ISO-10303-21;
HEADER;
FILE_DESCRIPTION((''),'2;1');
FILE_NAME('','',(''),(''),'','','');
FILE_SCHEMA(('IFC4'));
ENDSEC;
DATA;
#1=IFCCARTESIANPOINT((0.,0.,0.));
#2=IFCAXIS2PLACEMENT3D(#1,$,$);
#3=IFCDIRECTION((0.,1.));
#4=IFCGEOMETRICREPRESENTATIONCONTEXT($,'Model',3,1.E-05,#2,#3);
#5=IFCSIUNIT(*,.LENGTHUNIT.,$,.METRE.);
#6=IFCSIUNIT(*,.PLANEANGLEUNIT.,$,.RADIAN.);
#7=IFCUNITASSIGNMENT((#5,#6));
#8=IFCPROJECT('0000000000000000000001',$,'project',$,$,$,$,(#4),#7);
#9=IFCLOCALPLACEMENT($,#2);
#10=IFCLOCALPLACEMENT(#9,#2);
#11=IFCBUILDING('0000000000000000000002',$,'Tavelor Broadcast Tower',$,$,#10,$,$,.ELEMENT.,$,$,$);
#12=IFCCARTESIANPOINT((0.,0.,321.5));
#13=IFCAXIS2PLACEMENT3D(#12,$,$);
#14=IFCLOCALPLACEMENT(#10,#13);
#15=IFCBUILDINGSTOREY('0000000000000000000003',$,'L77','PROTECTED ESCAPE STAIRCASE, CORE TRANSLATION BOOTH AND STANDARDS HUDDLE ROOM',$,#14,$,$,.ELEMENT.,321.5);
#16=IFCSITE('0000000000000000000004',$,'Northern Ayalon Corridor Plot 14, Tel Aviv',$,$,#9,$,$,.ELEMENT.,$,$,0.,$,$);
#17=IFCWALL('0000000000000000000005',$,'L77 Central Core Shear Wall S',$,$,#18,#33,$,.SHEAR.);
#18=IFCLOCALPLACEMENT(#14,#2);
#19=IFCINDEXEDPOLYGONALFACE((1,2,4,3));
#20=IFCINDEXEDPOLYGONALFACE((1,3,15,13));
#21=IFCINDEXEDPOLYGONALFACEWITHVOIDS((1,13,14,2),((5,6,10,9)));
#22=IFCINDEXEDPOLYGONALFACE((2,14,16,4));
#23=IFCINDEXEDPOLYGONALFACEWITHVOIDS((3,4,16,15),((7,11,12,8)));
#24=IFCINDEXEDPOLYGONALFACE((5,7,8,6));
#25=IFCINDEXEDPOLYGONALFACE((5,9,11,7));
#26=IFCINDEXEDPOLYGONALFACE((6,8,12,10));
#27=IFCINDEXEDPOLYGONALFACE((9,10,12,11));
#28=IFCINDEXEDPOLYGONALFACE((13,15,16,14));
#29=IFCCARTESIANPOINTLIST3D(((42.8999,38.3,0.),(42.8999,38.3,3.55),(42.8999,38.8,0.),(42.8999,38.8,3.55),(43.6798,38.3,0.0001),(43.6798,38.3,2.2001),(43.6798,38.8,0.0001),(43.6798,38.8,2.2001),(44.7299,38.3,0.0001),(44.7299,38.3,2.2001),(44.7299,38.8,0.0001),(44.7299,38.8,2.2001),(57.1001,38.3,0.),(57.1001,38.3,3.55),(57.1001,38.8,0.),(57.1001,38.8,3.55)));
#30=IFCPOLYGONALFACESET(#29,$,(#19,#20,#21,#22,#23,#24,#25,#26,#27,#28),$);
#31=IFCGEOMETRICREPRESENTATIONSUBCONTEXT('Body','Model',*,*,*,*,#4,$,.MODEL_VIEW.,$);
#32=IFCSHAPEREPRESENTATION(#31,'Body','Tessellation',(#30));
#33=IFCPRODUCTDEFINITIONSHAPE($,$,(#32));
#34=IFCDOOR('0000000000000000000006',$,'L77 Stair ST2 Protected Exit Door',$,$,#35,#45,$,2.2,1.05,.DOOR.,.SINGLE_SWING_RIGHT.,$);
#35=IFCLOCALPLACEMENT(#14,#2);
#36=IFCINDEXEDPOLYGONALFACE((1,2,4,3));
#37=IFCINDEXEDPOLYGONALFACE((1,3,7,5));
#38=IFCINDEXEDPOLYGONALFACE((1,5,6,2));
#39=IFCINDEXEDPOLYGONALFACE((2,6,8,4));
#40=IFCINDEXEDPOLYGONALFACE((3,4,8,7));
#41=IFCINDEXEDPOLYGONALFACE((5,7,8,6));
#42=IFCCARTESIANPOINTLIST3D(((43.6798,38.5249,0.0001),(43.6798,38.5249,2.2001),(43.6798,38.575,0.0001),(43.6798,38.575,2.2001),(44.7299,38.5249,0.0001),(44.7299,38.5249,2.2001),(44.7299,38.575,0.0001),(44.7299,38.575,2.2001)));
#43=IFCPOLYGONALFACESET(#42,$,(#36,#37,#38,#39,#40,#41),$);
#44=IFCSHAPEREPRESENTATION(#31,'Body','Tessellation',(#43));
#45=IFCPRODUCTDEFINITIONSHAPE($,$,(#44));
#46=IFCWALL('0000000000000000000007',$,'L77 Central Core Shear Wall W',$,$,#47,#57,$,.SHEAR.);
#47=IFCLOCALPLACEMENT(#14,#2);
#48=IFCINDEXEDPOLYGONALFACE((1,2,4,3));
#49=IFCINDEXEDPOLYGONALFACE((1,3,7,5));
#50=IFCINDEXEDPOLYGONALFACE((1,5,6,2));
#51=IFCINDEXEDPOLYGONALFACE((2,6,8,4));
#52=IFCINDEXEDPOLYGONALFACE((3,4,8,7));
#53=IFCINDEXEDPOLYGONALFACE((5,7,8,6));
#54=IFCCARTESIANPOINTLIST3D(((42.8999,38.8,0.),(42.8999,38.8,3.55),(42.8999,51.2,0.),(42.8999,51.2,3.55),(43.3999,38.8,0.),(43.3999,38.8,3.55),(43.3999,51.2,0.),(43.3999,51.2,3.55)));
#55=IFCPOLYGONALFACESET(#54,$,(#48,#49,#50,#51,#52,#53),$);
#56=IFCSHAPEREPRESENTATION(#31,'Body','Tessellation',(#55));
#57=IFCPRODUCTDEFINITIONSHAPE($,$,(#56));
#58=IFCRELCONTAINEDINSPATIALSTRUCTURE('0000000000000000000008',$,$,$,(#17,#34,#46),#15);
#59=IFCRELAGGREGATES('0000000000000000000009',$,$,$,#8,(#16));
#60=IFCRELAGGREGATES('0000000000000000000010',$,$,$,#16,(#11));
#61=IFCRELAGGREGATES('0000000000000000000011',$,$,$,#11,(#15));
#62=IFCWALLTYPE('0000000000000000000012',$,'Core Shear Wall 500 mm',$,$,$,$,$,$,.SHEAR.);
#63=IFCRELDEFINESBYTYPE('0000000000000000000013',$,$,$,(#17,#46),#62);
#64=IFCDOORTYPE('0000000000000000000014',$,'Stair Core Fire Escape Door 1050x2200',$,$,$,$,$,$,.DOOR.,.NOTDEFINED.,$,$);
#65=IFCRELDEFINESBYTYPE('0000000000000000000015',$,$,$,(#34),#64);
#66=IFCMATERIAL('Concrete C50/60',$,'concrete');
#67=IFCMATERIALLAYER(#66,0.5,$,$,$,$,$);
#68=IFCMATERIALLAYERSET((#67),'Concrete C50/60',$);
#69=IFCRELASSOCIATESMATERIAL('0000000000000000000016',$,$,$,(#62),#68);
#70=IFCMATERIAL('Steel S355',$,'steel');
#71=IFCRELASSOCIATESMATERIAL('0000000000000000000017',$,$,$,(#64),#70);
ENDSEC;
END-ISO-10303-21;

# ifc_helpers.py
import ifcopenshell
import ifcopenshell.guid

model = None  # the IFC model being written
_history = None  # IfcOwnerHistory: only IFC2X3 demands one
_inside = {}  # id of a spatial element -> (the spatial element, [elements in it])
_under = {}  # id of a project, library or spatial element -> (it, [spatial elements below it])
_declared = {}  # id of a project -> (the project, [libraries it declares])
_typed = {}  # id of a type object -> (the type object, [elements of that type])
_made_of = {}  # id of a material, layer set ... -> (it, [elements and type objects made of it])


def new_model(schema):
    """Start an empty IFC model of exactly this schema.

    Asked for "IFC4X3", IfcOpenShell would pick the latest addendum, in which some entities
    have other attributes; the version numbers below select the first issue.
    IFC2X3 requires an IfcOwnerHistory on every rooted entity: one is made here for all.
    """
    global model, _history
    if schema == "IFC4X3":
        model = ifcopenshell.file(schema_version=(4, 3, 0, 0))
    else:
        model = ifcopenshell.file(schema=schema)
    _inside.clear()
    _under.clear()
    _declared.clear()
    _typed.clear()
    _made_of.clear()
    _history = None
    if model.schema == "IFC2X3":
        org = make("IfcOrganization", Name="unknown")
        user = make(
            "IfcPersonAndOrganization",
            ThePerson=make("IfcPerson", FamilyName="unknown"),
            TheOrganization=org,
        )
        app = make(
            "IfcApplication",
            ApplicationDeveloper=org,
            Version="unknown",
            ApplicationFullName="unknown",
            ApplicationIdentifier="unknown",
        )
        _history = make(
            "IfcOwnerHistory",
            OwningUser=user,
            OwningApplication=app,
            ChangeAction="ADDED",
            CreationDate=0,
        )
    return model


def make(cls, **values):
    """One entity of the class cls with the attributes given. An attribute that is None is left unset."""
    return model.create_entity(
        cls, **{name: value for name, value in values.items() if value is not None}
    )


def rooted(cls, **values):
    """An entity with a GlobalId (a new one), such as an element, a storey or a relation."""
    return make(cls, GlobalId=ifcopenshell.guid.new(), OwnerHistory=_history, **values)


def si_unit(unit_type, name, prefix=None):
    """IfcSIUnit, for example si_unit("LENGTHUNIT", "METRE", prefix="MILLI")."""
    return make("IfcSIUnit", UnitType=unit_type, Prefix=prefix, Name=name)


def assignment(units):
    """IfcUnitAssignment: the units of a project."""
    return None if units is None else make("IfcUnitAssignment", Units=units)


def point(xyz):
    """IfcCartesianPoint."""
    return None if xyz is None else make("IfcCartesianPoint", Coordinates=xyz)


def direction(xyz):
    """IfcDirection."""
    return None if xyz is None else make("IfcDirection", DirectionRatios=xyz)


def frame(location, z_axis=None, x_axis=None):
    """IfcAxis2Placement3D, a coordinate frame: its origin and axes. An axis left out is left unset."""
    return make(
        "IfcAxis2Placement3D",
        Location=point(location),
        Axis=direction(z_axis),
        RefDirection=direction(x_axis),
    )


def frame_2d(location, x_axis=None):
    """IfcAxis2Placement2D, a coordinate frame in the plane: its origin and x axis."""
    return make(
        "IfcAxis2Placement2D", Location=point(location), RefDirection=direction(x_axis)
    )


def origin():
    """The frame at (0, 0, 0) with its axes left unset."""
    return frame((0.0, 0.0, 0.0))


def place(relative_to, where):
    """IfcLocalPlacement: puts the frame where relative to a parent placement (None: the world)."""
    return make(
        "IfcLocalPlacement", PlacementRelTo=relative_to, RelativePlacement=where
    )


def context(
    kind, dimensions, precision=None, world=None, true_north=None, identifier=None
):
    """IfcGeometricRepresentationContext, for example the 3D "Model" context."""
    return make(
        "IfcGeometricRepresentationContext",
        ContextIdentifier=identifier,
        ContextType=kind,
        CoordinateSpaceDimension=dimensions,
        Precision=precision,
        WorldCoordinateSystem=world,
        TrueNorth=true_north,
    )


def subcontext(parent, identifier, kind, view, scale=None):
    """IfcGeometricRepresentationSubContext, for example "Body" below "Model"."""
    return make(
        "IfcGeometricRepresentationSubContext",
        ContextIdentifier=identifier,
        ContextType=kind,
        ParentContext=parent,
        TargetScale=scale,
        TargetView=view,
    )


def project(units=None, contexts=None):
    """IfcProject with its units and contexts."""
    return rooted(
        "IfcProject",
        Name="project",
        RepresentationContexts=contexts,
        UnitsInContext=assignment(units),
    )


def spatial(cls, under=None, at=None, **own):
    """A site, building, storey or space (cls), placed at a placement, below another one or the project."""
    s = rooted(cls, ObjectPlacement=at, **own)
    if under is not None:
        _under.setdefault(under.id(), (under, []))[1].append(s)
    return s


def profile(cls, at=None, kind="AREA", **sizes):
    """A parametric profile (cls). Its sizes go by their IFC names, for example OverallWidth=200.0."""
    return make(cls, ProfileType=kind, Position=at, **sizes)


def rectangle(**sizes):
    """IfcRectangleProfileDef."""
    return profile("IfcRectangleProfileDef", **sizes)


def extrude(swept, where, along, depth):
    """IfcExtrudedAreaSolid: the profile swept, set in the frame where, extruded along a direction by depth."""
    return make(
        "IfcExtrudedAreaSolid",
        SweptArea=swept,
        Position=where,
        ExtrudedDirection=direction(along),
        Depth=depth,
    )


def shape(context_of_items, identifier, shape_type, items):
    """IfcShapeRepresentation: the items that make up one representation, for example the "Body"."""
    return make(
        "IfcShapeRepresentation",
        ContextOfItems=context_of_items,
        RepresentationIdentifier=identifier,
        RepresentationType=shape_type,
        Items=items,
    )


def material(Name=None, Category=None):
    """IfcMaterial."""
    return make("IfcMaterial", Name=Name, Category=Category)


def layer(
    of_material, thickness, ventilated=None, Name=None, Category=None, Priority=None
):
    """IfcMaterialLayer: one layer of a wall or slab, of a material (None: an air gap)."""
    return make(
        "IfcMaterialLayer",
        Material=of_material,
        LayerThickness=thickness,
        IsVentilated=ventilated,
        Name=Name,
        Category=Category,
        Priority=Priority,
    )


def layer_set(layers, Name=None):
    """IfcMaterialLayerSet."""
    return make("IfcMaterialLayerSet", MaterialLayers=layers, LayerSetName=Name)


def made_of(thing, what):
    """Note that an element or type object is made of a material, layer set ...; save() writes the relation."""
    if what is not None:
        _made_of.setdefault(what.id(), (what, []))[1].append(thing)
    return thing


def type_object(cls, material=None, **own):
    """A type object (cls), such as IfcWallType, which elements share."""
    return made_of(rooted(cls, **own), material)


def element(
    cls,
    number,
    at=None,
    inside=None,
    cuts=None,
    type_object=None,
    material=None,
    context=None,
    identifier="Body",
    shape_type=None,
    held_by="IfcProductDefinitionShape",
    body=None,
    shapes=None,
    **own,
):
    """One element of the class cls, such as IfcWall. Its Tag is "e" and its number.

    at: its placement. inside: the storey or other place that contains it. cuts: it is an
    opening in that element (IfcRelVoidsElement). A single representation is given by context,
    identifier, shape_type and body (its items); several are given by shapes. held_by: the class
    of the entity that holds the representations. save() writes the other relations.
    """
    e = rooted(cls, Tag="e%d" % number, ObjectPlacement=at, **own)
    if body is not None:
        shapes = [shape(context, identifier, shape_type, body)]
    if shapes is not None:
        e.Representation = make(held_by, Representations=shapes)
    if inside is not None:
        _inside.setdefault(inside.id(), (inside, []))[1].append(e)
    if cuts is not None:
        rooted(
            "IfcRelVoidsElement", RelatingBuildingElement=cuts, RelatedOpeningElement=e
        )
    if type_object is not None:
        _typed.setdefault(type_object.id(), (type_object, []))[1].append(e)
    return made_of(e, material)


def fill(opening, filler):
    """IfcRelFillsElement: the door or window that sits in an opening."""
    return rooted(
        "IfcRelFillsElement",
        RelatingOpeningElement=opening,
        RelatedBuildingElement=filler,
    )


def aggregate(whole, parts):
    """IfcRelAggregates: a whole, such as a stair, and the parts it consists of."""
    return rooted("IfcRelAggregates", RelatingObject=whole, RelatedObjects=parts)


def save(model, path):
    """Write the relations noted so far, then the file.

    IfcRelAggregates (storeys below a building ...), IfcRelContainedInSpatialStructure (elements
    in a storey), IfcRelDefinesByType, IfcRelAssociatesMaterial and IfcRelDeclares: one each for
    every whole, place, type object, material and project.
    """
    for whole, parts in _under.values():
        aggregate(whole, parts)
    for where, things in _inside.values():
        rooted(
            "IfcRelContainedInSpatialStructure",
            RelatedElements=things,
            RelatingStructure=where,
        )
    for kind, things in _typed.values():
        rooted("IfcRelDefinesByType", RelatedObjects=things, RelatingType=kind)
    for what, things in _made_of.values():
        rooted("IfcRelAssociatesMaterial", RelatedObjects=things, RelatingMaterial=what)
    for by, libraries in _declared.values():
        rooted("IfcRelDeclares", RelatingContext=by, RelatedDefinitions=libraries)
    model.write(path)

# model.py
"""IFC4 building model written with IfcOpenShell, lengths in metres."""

from ifc_helpers import new_model, si_unit, direction, frame, frame_2d, origin, place, context, subcontext, project, spatial, rectangle, extrude, material, layer, layer_set, type_object, element, fill, save


model = new_model("IFC4")

# Units and contexts
model_context = context("Model", 3, precision=1e-05, world=origin(), true_north=direction((0.0, 1.0)))
body_context = subcontext(model_context, "Body", "Model", "MODEL_VIEW")
ifc_project = project(units=[si_unit("LENGTHUNIT", "METRE"), si_unit("PLANEANGLEUNIT", "RADIAN")], contexts=[model_context])

# Site, building, storey
site_placement = place(None, origin())
site = spatial("IfcSite", under=ifc_project, at=site_placement, Name="Northern Ayalon Corridor Plot 14, Tel Aviv", CompositionType="ELEMENT", RefElevation=0.0)
building_placement = place(site_placement, origin())
building = spatial("IfcBuilding", under=site, at=building_placement, Name="Tavelor Broadcast Tower", CompositionType="ELEMENT")
storey_placement = place(building_placement, frame((0.0, 0.0, 321.5)))
storey = spatial("IfcBuildingStorey", under=building, at=storey_placement, Name="L77", Description="PROTECTED ESCAPE STAIRCASE, CORE TRANSLATION BOOTH AND STANDARDS HUDDLE ROOM", CompositionType="ELEMENT", Elevation=321.5)

# Shared definitions
ifc_material_1 = material(Name="Concrete C50/60", Category="concrete")

# Shared definitions
ifc_material_2 = material(Name="Steel S355", Category="steel")

# Wall, opening, door
ifc_layer = layer(ifc_material_1, 0.5)
ifc_layer_set = layer_set([ifc_layer], Name="Concrete C50/60")
wall_type = type_object("IfcWallType", Name="Core Shear Wall 500 mm", PredefinedType="SHEAR", material=ifc_layer_set)
wall_1_placement = place(storey_placement, frame((42.8999, 38.55, 0.0), z_axis=(0.0, 0.0, 1.0), x_axis=(1.0, 0.0, 0.0)))
wall_1 = element("IfcWall", 1, at=wall_1_placement, inside=storey, type_object=wall_type, Name="L77 Central Core Shear Wall S", PredefinedType="SHEAR", context=body_context, shape_type="SweptSolid", body=[
    extrude(rectangle(XDim=14.2002, YDim=0.5, at=frame_2d((7.1001, 0.0))), origin(), (0.0, 0.0, 1.0), 3.55),
])
opening_placement = place(wall_1_placement, frame((0.78, 0.0, 0.0)))
opening = element("IfcOpeningElement", 2, at=opening_placement, cuts=wall_1, PredefinedType="OPENING", context=body_context, shape_type="SweptSolid", body=[
    extrude(rectangle(XDim=1.05, YDim=2.2, at=frame_2d((0.5249, 1.1001))), frame((0.0, 0.26, 0.0), z_axis=(0.0, -1.0, 0.0), x_axis=(1.0, 0.0, 0.0)), (0.0, 0.0, 1.0), 0.52),
])
door_type = type_object("IfcDoorType", Name="Stair Core Fire Escape Door 1050x2200", OperationType="NOTDEFINED", PredefinedType="DOOR", material=ifc_material_2)
door_placement = place(opening_placement, origin())
door = element("IfcDoor", 3, at=door_placement, inside=storey, type_object=door_type, Name="L77 Stair ST2 Protected Exit Door", OperationType="SINGLE_SWING_RIGHT", OverallHeight=2.2, OverallWidth=1.05, PredefinedType="DOOR", context=body_context, shape_type="SweptSolid", body=[
    extrude(rectangle(XDim=1.05, YDim=2.2, at=frame_2d((0.5249, 1.1001))), frame((0.0, 0.0249, 0.0), z_axis=(0.0, -1.0, 0.0), x_axis=(1.0, 0.0, 0.0)), (0.0, 0.0, 1.0), 0.05),
])
fill(opening, door)

# Wall
wall_2_placement = place(storey_placement, frame((43.1499, 38.8, 0.0), z_axis=(0.0, 0.0, 1.0), x_axis=(0.0, 1.0, 0.0)))
element("IfcWall", 4, at=wall_2_placement, inside=storey, type_object=wall_type, Name="L77 Central Core Shear Wall W", PredefinedType="SHEAR", context=body_context, shape_type="SweptSolid", body=[
    extrude(rectangle(XDim=12.3999, YDim=0.5, at=frame_2d((6.2, 0.0))), origin(), (0.0, 0.0, 1.0), 3.55),
])

save(model, "model.ifc")
